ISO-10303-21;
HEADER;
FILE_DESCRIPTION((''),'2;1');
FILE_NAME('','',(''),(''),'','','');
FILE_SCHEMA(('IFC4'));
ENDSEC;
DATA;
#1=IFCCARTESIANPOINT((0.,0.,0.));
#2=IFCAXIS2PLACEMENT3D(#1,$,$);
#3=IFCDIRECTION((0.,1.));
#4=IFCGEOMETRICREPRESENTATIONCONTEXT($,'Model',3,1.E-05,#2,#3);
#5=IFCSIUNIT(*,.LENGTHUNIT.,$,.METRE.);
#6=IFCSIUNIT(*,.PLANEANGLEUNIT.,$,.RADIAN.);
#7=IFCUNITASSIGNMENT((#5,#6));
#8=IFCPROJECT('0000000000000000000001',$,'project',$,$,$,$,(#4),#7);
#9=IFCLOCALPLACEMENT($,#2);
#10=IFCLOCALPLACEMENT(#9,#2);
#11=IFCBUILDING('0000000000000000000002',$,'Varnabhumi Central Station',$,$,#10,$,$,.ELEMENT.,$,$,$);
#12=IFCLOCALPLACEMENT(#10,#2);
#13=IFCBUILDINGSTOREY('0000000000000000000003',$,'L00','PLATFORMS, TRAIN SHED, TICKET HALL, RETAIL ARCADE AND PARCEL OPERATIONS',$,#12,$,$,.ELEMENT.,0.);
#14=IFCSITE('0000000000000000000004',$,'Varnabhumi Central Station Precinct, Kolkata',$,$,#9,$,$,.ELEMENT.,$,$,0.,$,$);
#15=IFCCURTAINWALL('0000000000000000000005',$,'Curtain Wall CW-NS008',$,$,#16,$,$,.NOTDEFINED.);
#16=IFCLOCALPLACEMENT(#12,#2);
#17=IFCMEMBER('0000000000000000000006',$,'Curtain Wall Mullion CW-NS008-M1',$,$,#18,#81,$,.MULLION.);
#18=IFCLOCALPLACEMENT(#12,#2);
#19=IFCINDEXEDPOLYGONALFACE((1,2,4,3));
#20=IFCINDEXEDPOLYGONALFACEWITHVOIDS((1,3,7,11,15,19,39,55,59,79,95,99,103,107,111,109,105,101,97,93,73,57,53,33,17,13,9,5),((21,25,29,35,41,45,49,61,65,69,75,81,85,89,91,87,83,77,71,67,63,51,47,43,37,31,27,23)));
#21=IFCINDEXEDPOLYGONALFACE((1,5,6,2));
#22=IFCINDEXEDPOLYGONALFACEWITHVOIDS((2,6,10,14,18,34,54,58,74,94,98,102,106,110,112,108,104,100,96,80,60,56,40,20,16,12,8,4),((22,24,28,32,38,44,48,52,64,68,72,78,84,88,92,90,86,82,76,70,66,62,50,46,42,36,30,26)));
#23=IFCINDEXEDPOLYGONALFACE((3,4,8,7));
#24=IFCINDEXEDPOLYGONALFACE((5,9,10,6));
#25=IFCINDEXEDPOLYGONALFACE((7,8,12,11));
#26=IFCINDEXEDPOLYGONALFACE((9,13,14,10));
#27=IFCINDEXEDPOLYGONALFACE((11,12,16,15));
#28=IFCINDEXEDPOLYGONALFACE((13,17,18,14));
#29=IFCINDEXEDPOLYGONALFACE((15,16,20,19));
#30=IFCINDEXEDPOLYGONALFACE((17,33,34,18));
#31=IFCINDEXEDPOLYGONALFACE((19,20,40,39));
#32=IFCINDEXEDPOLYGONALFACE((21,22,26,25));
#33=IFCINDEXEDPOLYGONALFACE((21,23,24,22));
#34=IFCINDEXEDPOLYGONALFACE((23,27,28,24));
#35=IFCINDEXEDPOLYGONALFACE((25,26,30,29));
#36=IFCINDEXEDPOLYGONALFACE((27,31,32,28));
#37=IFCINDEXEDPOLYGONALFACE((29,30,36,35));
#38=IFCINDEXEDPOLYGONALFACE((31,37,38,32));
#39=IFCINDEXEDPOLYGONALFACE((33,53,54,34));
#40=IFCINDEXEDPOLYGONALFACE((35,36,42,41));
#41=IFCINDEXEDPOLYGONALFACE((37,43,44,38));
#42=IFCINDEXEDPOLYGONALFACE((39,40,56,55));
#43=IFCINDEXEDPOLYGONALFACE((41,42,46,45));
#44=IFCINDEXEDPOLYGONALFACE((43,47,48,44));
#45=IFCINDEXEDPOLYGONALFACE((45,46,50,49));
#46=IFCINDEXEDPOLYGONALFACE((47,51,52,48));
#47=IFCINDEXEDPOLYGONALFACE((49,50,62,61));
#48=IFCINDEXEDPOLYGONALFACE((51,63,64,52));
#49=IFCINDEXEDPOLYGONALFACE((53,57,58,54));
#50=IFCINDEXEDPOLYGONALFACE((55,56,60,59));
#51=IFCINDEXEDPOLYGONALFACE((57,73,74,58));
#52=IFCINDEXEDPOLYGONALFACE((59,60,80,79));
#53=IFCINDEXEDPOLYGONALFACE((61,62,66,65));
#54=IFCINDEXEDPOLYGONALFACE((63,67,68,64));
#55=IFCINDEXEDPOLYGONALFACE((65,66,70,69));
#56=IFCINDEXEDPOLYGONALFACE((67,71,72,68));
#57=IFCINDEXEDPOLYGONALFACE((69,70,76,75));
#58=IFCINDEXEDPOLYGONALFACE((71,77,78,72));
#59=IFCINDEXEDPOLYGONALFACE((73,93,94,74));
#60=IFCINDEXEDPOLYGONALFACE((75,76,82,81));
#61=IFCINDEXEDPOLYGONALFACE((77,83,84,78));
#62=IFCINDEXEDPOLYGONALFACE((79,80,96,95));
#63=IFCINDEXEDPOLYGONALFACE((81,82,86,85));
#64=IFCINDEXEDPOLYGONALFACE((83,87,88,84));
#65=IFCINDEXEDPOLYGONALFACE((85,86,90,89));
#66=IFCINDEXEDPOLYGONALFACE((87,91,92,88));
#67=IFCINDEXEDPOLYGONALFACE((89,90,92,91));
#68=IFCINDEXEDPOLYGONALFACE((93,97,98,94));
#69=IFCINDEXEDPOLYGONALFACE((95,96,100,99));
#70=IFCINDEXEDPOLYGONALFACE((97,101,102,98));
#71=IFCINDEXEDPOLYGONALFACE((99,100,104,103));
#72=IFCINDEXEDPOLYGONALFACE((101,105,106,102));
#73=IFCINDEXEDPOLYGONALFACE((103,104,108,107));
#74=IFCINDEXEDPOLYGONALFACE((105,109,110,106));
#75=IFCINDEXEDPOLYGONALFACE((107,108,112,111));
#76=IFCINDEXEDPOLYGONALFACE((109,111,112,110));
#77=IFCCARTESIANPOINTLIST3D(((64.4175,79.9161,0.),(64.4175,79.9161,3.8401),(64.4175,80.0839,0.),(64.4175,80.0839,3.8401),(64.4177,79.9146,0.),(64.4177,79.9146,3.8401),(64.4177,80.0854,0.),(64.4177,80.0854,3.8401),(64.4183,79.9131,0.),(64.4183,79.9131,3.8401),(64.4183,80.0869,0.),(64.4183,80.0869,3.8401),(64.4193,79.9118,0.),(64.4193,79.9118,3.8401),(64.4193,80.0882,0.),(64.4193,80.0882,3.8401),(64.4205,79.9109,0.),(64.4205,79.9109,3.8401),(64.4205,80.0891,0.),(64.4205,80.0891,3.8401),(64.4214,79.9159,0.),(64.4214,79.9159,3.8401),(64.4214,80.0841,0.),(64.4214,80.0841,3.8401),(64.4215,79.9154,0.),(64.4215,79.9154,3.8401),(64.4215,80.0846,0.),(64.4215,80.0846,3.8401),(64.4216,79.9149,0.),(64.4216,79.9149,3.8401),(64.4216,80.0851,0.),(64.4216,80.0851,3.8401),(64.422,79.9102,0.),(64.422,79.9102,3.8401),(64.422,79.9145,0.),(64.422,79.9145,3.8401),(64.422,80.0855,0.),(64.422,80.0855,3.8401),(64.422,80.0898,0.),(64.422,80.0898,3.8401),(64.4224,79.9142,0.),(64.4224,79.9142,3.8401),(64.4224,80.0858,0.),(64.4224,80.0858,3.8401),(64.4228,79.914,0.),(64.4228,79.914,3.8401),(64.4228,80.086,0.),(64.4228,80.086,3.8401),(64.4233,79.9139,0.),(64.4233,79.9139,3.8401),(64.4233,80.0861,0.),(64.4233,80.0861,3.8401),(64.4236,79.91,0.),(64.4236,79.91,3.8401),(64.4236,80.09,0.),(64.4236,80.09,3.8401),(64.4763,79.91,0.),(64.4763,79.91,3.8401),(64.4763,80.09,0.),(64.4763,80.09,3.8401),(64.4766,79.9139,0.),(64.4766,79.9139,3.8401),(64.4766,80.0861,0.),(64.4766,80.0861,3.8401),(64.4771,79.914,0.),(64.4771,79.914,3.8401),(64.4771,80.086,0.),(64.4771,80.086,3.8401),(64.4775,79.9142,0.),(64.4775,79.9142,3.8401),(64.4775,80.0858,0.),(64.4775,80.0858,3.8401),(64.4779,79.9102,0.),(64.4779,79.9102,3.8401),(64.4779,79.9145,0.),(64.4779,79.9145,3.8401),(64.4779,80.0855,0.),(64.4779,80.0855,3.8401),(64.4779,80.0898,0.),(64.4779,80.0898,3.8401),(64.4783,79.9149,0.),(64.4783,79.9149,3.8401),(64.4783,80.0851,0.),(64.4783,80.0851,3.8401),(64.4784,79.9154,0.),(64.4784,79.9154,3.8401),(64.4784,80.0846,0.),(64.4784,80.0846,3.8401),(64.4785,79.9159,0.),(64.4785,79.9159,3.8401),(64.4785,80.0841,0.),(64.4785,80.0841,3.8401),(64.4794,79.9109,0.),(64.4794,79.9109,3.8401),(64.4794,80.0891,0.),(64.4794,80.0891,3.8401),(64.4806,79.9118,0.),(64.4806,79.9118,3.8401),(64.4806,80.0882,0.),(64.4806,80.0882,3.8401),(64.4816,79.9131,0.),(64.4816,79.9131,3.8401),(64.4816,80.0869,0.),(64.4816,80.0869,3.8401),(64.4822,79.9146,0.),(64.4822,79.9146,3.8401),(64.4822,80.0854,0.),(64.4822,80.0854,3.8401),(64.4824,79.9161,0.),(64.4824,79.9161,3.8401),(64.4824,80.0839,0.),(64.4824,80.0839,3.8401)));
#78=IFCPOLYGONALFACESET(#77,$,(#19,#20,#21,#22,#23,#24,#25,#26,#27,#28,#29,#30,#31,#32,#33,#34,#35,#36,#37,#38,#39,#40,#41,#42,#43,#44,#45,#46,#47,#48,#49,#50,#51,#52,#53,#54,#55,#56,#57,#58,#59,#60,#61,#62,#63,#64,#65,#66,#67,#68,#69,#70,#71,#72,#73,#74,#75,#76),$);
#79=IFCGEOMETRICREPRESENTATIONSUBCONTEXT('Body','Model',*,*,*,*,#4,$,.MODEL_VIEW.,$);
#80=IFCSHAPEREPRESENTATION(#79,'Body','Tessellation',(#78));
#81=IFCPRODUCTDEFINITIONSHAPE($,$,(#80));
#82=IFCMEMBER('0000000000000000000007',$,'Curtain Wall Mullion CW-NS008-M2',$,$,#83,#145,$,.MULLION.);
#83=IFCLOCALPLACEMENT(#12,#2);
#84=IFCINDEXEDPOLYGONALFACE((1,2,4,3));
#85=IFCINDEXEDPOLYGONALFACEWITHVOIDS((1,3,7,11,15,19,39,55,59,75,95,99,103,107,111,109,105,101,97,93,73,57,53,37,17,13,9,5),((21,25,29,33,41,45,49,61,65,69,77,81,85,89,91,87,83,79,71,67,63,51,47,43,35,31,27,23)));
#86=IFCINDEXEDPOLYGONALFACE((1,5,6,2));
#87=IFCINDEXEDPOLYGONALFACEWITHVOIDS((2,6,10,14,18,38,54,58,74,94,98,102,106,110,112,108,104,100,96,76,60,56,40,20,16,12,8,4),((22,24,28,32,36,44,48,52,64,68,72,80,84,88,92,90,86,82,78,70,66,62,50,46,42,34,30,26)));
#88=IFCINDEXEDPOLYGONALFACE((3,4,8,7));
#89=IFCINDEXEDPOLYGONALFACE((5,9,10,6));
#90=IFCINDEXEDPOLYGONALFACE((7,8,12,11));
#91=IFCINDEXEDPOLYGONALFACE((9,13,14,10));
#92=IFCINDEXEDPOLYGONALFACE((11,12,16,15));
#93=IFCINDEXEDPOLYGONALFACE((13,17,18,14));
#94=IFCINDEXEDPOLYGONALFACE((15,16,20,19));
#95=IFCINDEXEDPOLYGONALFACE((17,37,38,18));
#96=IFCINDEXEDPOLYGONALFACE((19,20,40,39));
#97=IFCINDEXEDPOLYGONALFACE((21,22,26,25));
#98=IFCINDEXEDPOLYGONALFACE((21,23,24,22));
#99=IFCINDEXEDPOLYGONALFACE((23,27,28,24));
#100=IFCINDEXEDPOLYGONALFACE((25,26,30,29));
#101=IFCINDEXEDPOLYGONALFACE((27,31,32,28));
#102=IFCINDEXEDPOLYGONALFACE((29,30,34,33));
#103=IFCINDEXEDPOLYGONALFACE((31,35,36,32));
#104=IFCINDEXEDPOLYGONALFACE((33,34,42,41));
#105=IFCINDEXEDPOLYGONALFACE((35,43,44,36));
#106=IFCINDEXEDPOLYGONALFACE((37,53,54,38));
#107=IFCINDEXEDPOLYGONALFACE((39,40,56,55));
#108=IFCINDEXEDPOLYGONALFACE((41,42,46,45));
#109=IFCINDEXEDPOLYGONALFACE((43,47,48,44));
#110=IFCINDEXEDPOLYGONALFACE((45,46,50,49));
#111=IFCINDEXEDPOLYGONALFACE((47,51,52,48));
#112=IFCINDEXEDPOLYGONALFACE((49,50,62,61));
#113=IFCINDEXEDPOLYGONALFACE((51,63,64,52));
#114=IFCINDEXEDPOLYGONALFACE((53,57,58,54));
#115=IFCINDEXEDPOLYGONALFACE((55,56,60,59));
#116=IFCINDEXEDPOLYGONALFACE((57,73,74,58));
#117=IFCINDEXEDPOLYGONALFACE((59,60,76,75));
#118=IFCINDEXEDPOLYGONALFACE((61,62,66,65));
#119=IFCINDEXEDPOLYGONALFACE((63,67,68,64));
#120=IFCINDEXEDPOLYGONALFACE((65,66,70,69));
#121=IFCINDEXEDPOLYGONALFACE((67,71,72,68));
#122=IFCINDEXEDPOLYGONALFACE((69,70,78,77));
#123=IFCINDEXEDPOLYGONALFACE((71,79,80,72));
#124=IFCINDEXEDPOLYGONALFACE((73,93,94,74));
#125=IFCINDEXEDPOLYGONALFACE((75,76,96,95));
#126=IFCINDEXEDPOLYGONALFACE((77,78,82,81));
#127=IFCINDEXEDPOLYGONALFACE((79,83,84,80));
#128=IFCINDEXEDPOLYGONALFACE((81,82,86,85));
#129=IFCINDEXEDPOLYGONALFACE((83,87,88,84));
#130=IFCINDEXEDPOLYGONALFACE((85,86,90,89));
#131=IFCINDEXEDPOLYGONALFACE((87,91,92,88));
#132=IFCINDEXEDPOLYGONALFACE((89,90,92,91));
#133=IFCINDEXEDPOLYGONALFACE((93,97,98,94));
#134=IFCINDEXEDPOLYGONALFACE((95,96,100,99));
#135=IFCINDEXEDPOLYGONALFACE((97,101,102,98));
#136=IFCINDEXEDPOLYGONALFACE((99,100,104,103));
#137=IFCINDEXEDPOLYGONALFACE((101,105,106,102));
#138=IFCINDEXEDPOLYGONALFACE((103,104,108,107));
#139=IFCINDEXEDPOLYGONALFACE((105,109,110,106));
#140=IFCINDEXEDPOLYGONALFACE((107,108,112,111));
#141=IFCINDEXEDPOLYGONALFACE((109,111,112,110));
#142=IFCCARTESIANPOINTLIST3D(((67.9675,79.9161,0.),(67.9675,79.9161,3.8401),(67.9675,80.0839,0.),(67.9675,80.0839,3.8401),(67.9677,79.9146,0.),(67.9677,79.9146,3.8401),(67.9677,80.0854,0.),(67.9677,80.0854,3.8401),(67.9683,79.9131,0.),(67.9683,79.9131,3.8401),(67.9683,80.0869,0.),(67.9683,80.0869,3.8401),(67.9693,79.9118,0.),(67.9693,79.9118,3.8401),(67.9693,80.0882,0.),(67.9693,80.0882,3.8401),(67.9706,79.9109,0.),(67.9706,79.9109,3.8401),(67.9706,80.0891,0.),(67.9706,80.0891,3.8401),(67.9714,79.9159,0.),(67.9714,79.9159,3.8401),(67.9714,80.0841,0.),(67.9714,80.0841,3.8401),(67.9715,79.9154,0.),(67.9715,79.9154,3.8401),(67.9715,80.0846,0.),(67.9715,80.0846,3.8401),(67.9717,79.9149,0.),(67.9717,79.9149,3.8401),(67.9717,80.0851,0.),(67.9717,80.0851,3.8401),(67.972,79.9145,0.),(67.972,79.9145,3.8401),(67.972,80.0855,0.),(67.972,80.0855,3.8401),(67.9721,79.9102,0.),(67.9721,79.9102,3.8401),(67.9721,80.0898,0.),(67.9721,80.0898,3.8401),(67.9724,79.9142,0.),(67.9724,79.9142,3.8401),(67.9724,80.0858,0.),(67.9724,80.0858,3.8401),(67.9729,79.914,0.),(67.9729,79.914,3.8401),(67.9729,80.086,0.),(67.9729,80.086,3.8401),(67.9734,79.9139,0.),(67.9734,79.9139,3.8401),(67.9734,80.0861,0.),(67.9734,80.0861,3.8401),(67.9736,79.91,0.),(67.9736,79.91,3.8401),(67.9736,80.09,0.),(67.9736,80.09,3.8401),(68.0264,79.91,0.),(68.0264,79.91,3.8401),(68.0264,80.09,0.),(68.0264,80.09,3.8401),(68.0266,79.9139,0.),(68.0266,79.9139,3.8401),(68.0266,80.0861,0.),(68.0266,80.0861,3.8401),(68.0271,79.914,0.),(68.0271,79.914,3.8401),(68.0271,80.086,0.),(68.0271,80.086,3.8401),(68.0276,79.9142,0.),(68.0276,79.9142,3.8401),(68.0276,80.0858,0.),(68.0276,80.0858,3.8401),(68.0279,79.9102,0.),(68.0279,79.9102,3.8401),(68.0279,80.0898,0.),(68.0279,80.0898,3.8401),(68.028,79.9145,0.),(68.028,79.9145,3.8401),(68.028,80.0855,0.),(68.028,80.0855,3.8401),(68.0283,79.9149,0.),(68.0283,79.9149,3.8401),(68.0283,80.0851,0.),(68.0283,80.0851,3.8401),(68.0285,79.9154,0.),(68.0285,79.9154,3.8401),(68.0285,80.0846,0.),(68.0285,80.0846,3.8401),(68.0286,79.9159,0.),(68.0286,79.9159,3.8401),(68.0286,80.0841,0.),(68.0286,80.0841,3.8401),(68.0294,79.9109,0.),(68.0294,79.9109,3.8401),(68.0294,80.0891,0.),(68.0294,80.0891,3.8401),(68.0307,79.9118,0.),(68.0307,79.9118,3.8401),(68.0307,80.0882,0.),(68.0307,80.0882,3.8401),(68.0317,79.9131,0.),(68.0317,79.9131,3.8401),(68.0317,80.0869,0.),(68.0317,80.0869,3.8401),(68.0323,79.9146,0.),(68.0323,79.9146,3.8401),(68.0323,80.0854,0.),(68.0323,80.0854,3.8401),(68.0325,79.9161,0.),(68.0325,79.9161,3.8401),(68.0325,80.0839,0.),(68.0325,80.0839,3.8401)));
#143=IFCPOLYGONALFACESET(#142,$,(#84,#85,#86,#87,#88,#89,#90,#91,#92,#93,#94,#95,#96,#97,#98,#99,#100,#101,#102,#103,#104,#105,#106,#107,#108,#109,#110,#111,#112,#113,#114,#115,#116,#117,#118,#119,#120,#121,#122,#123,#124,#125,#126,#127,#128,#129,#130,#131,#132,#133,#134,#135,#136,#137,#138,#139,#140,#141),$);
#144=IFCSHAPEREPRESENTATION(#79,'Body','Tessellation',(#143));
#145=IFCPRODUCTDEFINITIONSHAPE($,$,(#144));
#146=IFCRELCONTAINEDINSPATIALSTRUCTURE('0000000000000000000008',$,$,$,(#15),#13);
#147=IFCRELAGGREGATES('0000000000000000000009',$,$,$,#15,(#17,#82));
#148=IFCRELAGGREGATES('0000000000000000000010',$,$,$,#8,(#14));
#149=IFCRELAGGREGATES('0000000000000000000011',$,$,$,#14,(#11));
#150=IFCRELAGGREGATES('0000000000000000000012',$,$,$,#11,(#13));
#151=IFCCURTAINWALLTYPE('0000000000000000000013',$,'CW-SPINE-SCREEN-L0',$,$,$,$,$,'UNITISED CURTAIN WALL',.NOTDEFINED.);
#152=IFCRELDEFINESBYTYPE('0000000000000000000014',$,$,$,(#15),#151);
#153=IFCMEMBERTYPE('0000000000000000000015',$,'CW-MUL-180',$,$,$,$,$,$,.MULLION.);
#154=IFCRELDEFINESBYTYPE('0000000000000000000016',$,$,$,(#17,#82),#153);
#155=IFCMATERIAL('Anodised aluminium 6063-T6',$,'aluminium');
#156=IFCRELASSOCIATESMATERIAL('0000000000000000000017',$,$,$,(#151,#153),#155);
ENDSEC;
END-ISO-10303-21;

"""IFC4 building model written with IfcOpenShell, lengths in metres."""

from ifc_helpers import new_model, si_unit, direction, frame, origin, origin_2d, place, context, subcontext, project, spatial, hollow_rectangle, extrude, material, material_profile, profile_set, type_object, element, aggregate, save


model = new_model("IFC4")

# Units and contexts
model_context = context("Model", 3, precision=1e-05, world=origin(), true_north=direction((0.0, 1.0)))
body_context = subcontext(model_context, "Body", "Model", "MODEL_VIEW")
ifc_project = project(units=[si_unit("LENGTHUNIT", "METRE"), si_unit("PLANEANGLEUNIT", "RADIAN")], contexts=[model_context])

# Site, building, storey
site_placement = place(None, origin())
site = spatial("IfcSite", under=ifc_project, at=site_placement, Name="Varnabhumi Central Station Precinct, Kolkata", CompositionType="ELEMENT", RefElevation=0.0)
building_placement = place(site_placement, origin())
building = spatial("IfcBuilding", under=site, at=building_placement, Name="Varnabhumi Central Station", CompositionType="ELEMENT")
storey_placement = place(building_placement, origin())
storey = spatial("IfcBuildingStorey", under=building, at=storey_placement, Name="L00", Description="PLATFORMS, TRAIN SHED, TICKET HALL, RETAIL ARCADE AND PARCEL OPERATIONS", CompositionType="ELEMENT", Elevation=0.0)

# Curtain wall, members
ifc_material_1 = material(Name="Anodised aluminium 6063-T6", Category="aluminium")
curtain_wall_type = type_object("IfcCurtainWallType", Name="CW-SPINE-SCREEN-L0", ElementType="UNITISED CURTAIN WALL", PredefinedType="NOTDEFINED", material=ifc_material_1)
curtain_wall_placement = place(storey_placement, origin())
curtain_wall = element("IfcCurtainWall", 1, at=curtain_wall_placement, inside=storey, type_object=curtain_wall_type, Name="Curtain Wall CW-NS008", PredefinedType="NOTDEFINED")
ifc_material_profile_1 = material_profile(ifc_material_1, hollow_rectangle(XDim=0.0649, YDim=0.1799, WallThickness=0.0039, InnerFilletRadius=0.002, OuterFilletRadius=0.0061, at=origin_2d()), Name="Anodised aluminium 6063-T6", Category="aluminium")
ifc_profile_set_1 = profile_set([ifc_material_profile_1], Name="Anodised aluminium 6063-T6")
member_type_1 = type_object("IfcMemberType", Name="CW-MUL-180", PredefinedType="MULLION", material=ifc_profile_set_1)
member_1_placement = place(storey_placement, frame((64.45, 80.0, 0.0), z_axis=(0.0, 0.0, 1.0), x_axis=(1.0, 0.0, 0.0)))
member_1 = element("IfcMember", 2, at=member_1_placement, type_object=member_type_1, Name="Curtain Wall Mullion CW-NS008-M1", PredefinedType="MULLION", context=body_context, shape_type="SweptSolid", body=[
    extrude(hollow_rectangle(XDim=0.0649, YDim=0.1799, WallThickness=0.0039, InnerFilletRadius=0.002, OuterFilletRadius=0.0061, at=origin_2d()), origin(), (0.0, 0.0, 1.0), 3.8401),
])
member_2_placement = place(storey_placement, frame((68.0, 80.0, 0.0), z_axis=(0.0, 0.0, 1.0), x_axis=(1.0, 0.0, 0.0)))
member_2 = element("IfcMember", 3, at=member_2_placement, type_object=member_type_1, Name="Curtain Wall Mullion CW-NS008-M2", PredefinedType="MULLION", context=body_context, shape_type="SweptSolid", body=[
    extrude(hollow_rectangle(XDim=0.0649, YDim=0.1799, WallThickness=0.0039, InnerFilletRadius=0.002, OuterFilletRadius=0.0061, at=origin_2d()), origin(), (0.0, 0.0, 1.0), 3.8401),
])
aggregate(curtain_wall, [member_1, member_2])

save(model, "model.ifc")
